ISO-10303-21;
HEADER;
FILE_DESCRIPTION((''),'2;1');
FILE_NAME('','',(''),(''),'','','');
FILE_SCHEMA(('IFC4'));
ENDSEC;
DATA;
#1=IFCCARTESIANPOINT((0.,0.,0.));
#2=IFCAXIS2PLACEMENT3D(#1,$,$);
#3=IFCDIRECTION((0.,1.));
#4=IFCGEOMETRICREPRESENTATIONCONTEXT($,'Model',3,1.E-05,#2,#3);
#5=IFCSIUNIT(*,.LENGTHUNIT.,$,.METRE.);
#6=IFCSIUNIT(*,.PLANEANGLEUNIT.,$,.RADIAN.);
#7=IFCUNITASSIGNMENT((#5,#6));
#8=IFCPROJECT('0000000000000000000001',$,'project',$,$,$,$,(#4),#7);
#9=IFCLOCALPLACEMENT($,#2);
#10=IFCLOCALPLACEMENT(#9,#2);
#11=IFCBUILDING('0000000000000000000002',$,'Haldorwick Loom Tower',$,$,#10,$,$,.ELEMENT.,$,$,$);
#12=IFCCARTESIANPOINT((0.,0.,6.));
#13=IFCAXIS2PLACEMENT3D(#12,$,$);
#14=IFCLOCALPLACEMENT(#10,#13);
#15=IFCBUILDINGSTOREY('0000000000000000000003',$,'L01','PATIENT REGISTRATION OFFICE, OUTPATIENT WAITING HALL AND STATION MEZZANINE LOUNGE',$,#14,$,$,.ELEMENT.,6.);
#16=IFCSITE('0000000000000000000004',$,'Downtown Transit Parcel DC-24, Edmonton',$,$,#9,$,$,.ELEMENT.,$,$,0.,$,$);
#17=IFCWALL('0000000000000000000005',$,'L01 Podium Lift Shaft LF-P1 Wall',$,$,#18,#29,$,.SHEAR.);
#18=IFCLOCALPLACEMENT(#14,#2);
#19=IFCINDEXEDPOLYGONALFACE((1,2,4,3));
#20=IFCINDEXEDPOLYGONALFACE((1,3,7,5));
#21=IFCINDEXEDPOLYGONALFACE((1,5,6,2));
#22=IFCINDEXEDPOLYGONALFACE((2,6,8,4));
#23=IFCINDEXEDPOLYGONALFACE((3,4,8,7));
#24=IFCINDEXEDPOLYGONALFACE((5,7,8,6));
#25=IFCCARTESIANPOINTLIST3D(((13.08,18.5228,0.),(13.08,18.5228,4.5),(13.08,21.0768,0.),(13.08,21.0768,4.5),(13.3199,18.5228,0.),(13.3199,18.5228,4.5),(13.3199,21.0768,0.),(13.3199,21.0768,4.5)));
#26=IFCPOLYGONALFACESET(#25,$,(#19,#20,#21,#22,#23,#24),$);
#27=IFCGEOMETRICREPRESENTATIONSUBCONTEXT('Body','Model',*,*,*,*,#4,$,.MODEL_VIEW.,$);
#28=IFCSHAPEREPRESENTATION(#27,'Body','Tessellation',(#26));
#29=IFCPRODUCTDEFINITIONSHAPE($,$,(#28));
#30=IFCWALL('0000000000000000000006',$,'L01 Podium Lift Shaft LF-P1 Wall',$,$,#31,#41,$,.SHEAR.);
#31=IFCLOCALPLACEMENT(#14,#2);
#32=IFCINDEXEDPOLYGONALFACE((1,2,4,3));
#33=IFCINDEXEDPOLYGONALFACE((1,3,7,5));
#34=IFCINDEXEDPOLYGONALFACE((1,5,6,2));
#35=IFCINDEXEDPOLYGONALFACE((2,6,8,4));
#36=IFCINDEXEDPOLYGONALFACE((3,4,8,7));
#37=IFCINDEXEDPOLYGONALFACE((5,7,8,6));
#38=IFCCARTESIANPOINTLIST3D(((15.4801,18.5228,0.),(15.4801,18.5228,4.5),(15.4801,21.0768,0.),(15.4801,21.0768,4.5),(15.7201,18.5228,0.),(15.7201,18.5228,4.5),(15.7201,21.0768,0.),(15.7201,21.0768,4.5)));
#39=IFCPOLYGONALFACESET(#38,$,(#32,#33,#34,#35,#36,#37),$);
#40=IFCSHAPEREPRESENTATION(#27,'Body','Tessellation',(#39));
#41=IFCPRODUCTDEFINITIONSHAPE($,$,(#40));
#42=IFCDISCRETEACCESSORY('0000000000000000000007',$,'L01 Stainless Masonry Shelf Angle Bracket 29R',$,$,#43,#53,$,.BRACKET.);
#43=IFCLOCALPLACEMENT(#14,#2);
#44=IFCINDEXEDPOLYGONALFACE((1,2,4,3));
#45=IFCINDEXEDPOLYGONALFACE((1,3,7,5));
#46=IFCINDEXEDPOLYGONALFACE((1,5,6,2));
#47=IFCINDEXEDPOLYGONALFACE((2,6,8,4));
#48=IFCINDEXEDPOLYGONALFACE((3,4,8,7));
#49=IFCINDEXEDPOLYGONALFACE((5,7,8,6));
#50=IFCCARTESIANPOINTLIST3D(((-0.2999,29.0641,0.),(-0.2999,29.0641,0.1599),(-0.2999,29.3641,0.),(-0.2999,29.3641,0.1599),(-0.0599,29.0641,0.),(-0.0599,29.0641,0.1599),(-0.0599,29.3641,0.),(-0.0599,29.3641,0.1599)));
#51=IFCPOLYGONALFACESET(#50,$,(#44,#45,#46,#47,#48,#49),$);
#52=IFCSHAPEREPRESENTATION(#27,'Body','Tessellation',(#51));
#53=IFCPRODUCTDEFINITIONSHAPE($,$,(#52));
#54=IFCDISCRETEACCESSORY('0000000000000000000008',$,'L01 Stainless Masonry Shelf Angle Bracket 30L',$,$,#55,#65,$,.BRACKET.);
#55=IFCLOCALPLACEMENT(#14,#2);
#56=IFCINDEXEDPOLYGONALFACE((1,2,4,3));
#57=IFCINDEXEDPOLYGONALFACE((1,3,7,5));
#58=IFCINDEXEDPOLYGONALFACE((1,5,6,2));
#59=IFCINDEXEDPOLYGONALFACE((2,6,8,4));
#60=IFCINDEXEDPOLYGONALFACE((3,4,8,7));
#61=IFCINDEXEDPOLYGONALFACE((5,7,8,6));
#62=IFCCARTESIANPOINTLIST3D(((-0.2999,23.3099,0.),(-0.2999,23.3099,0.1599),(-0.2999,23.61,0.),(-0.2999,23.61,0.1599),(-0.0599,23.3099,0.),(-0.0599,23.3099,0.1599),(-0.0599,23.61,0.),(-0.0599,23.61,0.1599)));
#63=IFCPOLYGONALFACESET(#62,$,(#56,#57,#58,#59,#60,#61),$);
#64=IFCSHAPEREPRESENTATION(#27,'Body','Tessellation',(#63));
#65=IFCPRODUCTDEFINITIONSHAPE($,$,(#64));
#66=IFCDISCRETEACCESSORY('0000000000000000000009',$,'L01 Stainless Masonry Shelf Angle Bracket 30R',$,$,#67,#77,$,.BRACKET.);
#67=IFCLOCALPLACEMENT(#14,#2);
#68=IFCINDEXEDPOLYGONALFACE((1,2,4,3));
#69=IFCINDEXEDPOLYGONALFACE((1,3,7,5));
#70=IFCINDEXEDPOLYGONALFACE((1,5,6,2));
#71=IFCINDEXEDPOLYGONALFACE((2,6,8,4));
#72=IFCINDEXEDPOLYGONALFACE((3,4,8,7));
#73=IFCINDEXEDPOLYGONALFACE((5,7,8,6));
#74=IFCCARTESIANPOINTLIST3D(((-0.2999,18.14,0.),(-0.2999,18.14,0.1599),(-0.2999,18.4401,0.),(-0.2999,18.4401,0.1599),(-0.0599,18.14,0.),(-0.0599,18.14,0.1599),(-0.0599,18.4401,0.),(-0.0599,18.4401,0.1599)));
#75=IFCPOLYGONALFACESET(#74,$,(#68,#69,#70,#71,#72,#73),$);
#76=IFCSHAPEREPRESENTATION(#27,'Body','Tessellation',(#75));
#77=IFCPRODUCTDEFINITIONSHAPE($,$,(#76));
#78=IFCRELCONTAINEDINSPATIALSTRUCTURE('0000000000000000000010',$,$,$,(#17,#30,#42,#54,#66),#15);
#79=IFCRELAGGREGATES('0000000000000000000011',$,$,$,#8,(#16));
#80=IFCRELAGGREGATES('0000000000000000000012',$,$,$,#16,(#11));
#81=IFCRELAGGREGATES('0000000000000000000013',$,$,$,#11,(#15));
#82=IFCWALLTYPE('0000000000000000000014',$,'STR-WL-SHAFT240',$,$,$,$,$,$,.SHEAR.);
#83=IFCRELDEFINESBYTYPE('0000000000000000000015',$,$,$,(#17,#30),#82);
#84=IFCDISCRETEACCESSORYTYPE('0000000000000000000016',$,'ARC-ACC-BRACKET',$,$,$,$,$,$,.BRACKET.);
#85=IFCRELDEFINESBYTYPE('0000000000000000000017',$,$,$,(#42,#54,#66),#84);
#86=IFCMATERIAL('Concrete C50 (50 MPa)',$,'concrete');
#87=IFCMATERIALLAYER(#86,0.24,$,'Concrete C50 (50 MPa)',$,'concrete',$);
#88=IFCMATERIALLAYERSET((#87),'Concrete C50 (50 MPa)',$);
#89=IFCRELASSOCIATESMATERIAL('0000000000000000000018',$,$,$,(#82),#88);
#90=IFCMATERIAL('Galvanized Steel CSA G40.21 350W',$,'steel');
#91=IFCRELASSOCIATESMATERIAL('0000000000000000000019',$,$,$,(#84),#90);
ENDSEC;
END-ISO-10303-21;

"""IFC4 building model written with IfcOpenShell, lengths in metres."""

from ifc_helpers import new_model, si_unit, direction, frame, frame_2d, origin, origin_2d, place, context, subcontext, project, spatial, rectangle, extrude, material, layer, layer_set, type_object, element, save


model = new_model("IFC4")

# Units and contexts
model_context = context("Model", 3, precision=1e-05, world=origin(), true_north=direction((0.0, 1.0)))
body_context = subcontext(model_context, "Body", "Model", "MODEL_VIEW")
ifc_project = project(units=[si_unit("LENGTHUNIT", "METRE"), si_unit("PLANEANGLEUNIT", "RADIAN")], contexts=[model_context])

# Site, building, storey
site_placement = place(None, origin())
site = spatial("IfcSite", under=ifc_project, at=site_placement, Name="Downtown Transit Parcel DC-24, Edmonton", CompositionType="ELEMENT", RefElevation=0.0)
building_placement = place(site_placement, origin())
building = spatial("IfcBuilding", under=site, at=building_placement, Name="Haldorwick Loom Tower", CompositionType="ELEMENT")
storey_placement = place(building_placement, frame((0.0, 0.0, 6.0)))
storey = spatial("IfcBuildingStorey", under=building, at=storey_placement, Name="L01", Description="PATIENT REGISTRATION OFFICE, OUTPATIENT WAITING HALL AND STATION MEZZANINE LOUNGE", CompositionType="ELEMENT", Elevation=6.0)

# Shared definitions
ifc_material_1 = material(Name="Concrete C50 (50 MPa)", Category="concrete")
ifc_layer_1 = layer(ifc_material_1, 0.24, Name="Concrete C50 (50 MPa)", Category="concrete")
ifc_layer_set_1 = layer_set([ifc_layer_1], Name="Concrete C50 (50 MPa)")
wall_type_1 = type_object("IfcWallType", Name="STR-WL-SHAFT240", PredefinedType="SHEAR", material=ifc_layer_set_1)

# Walls
for number, where, z_axis, x_axis, name in (
    (1, (13.2, 18.5229, 0.0), (0.0, 0.0, 1.0), (0.0, 1.0, 0.0), "L01 Podium Lift Shaft LF-P1 Wall"),
    (2, (15.6001, 18.5229, 0.0), (0.0, 0.0, 1.0), (0.0, 1.0, 0.0), "L01 Podium Lift Shaft LF-P1 Wall"),
):
    element("IfcWall", number, at=place(storey_placement, frame(where, z_axis=z_axis, x_axis=x_axis)), inside=storey, type_object=wall_type_1, Name=name, PredefinedType="SHEAR", context=body_context, shape_type="SweptSolid", body=[
        extrude(rectangle(XDim=2.554, YDim=0.24, at=frame_2d((1.2769, 0.0))), origin(), (0.0, 0.0, 1.0), 4.5),
    ])

# Discrete accessories
ifc_material_2 = material(Name="Galvanized Steel CSA G40.21 350W", Category="steel")
discrete_accessory_type = type_object("IfcDiscreteAccessoryType", Name="ARC-ACC-BRACKET", PredefinedType="BRACKET", material=ifc_material_2)
for number, where, z_axis, x_axis, name in (
    (3, (-0.1799, 29.2141, 0.0), (0.0, 0.0, 1.0), (0.0, -1.0, 0.0), "L01 Stainless Masonry Shelf Angle Bracket 29R"),
    (4, (-0.1799, 23.46, 0.0), (0.0, 0.0, 1.0), (0.0, -1.0, 0.0), "L01 Stainless Masonry Shelf Angle Bracket 30L"),
    (5, (-0.1799, 18.29, 0.0), (0.0, 0.0, 1.0), (0.0, -1.0, 0.0), "L01 Stainless Masonry Shelf Angle Bracket 30R"),
):
    element("IfcDiscreteAccessory", number, at=place(storey_placement, frame(where, z_axis=z_axis, x_axis=x_axis)), inside=storey, type_object=discrete_accessory_type, Name=name, PredefinedType="BRACKET", context=body_context, shape_type="SweptSolid", body=[
        extrude(rectangle(XDim=0.3, YDim=0.24, at=origin_2d()), origin(), (0.0, 0.0, 1.0), 0.1599),
    ])

save(model, "model.ifc")
